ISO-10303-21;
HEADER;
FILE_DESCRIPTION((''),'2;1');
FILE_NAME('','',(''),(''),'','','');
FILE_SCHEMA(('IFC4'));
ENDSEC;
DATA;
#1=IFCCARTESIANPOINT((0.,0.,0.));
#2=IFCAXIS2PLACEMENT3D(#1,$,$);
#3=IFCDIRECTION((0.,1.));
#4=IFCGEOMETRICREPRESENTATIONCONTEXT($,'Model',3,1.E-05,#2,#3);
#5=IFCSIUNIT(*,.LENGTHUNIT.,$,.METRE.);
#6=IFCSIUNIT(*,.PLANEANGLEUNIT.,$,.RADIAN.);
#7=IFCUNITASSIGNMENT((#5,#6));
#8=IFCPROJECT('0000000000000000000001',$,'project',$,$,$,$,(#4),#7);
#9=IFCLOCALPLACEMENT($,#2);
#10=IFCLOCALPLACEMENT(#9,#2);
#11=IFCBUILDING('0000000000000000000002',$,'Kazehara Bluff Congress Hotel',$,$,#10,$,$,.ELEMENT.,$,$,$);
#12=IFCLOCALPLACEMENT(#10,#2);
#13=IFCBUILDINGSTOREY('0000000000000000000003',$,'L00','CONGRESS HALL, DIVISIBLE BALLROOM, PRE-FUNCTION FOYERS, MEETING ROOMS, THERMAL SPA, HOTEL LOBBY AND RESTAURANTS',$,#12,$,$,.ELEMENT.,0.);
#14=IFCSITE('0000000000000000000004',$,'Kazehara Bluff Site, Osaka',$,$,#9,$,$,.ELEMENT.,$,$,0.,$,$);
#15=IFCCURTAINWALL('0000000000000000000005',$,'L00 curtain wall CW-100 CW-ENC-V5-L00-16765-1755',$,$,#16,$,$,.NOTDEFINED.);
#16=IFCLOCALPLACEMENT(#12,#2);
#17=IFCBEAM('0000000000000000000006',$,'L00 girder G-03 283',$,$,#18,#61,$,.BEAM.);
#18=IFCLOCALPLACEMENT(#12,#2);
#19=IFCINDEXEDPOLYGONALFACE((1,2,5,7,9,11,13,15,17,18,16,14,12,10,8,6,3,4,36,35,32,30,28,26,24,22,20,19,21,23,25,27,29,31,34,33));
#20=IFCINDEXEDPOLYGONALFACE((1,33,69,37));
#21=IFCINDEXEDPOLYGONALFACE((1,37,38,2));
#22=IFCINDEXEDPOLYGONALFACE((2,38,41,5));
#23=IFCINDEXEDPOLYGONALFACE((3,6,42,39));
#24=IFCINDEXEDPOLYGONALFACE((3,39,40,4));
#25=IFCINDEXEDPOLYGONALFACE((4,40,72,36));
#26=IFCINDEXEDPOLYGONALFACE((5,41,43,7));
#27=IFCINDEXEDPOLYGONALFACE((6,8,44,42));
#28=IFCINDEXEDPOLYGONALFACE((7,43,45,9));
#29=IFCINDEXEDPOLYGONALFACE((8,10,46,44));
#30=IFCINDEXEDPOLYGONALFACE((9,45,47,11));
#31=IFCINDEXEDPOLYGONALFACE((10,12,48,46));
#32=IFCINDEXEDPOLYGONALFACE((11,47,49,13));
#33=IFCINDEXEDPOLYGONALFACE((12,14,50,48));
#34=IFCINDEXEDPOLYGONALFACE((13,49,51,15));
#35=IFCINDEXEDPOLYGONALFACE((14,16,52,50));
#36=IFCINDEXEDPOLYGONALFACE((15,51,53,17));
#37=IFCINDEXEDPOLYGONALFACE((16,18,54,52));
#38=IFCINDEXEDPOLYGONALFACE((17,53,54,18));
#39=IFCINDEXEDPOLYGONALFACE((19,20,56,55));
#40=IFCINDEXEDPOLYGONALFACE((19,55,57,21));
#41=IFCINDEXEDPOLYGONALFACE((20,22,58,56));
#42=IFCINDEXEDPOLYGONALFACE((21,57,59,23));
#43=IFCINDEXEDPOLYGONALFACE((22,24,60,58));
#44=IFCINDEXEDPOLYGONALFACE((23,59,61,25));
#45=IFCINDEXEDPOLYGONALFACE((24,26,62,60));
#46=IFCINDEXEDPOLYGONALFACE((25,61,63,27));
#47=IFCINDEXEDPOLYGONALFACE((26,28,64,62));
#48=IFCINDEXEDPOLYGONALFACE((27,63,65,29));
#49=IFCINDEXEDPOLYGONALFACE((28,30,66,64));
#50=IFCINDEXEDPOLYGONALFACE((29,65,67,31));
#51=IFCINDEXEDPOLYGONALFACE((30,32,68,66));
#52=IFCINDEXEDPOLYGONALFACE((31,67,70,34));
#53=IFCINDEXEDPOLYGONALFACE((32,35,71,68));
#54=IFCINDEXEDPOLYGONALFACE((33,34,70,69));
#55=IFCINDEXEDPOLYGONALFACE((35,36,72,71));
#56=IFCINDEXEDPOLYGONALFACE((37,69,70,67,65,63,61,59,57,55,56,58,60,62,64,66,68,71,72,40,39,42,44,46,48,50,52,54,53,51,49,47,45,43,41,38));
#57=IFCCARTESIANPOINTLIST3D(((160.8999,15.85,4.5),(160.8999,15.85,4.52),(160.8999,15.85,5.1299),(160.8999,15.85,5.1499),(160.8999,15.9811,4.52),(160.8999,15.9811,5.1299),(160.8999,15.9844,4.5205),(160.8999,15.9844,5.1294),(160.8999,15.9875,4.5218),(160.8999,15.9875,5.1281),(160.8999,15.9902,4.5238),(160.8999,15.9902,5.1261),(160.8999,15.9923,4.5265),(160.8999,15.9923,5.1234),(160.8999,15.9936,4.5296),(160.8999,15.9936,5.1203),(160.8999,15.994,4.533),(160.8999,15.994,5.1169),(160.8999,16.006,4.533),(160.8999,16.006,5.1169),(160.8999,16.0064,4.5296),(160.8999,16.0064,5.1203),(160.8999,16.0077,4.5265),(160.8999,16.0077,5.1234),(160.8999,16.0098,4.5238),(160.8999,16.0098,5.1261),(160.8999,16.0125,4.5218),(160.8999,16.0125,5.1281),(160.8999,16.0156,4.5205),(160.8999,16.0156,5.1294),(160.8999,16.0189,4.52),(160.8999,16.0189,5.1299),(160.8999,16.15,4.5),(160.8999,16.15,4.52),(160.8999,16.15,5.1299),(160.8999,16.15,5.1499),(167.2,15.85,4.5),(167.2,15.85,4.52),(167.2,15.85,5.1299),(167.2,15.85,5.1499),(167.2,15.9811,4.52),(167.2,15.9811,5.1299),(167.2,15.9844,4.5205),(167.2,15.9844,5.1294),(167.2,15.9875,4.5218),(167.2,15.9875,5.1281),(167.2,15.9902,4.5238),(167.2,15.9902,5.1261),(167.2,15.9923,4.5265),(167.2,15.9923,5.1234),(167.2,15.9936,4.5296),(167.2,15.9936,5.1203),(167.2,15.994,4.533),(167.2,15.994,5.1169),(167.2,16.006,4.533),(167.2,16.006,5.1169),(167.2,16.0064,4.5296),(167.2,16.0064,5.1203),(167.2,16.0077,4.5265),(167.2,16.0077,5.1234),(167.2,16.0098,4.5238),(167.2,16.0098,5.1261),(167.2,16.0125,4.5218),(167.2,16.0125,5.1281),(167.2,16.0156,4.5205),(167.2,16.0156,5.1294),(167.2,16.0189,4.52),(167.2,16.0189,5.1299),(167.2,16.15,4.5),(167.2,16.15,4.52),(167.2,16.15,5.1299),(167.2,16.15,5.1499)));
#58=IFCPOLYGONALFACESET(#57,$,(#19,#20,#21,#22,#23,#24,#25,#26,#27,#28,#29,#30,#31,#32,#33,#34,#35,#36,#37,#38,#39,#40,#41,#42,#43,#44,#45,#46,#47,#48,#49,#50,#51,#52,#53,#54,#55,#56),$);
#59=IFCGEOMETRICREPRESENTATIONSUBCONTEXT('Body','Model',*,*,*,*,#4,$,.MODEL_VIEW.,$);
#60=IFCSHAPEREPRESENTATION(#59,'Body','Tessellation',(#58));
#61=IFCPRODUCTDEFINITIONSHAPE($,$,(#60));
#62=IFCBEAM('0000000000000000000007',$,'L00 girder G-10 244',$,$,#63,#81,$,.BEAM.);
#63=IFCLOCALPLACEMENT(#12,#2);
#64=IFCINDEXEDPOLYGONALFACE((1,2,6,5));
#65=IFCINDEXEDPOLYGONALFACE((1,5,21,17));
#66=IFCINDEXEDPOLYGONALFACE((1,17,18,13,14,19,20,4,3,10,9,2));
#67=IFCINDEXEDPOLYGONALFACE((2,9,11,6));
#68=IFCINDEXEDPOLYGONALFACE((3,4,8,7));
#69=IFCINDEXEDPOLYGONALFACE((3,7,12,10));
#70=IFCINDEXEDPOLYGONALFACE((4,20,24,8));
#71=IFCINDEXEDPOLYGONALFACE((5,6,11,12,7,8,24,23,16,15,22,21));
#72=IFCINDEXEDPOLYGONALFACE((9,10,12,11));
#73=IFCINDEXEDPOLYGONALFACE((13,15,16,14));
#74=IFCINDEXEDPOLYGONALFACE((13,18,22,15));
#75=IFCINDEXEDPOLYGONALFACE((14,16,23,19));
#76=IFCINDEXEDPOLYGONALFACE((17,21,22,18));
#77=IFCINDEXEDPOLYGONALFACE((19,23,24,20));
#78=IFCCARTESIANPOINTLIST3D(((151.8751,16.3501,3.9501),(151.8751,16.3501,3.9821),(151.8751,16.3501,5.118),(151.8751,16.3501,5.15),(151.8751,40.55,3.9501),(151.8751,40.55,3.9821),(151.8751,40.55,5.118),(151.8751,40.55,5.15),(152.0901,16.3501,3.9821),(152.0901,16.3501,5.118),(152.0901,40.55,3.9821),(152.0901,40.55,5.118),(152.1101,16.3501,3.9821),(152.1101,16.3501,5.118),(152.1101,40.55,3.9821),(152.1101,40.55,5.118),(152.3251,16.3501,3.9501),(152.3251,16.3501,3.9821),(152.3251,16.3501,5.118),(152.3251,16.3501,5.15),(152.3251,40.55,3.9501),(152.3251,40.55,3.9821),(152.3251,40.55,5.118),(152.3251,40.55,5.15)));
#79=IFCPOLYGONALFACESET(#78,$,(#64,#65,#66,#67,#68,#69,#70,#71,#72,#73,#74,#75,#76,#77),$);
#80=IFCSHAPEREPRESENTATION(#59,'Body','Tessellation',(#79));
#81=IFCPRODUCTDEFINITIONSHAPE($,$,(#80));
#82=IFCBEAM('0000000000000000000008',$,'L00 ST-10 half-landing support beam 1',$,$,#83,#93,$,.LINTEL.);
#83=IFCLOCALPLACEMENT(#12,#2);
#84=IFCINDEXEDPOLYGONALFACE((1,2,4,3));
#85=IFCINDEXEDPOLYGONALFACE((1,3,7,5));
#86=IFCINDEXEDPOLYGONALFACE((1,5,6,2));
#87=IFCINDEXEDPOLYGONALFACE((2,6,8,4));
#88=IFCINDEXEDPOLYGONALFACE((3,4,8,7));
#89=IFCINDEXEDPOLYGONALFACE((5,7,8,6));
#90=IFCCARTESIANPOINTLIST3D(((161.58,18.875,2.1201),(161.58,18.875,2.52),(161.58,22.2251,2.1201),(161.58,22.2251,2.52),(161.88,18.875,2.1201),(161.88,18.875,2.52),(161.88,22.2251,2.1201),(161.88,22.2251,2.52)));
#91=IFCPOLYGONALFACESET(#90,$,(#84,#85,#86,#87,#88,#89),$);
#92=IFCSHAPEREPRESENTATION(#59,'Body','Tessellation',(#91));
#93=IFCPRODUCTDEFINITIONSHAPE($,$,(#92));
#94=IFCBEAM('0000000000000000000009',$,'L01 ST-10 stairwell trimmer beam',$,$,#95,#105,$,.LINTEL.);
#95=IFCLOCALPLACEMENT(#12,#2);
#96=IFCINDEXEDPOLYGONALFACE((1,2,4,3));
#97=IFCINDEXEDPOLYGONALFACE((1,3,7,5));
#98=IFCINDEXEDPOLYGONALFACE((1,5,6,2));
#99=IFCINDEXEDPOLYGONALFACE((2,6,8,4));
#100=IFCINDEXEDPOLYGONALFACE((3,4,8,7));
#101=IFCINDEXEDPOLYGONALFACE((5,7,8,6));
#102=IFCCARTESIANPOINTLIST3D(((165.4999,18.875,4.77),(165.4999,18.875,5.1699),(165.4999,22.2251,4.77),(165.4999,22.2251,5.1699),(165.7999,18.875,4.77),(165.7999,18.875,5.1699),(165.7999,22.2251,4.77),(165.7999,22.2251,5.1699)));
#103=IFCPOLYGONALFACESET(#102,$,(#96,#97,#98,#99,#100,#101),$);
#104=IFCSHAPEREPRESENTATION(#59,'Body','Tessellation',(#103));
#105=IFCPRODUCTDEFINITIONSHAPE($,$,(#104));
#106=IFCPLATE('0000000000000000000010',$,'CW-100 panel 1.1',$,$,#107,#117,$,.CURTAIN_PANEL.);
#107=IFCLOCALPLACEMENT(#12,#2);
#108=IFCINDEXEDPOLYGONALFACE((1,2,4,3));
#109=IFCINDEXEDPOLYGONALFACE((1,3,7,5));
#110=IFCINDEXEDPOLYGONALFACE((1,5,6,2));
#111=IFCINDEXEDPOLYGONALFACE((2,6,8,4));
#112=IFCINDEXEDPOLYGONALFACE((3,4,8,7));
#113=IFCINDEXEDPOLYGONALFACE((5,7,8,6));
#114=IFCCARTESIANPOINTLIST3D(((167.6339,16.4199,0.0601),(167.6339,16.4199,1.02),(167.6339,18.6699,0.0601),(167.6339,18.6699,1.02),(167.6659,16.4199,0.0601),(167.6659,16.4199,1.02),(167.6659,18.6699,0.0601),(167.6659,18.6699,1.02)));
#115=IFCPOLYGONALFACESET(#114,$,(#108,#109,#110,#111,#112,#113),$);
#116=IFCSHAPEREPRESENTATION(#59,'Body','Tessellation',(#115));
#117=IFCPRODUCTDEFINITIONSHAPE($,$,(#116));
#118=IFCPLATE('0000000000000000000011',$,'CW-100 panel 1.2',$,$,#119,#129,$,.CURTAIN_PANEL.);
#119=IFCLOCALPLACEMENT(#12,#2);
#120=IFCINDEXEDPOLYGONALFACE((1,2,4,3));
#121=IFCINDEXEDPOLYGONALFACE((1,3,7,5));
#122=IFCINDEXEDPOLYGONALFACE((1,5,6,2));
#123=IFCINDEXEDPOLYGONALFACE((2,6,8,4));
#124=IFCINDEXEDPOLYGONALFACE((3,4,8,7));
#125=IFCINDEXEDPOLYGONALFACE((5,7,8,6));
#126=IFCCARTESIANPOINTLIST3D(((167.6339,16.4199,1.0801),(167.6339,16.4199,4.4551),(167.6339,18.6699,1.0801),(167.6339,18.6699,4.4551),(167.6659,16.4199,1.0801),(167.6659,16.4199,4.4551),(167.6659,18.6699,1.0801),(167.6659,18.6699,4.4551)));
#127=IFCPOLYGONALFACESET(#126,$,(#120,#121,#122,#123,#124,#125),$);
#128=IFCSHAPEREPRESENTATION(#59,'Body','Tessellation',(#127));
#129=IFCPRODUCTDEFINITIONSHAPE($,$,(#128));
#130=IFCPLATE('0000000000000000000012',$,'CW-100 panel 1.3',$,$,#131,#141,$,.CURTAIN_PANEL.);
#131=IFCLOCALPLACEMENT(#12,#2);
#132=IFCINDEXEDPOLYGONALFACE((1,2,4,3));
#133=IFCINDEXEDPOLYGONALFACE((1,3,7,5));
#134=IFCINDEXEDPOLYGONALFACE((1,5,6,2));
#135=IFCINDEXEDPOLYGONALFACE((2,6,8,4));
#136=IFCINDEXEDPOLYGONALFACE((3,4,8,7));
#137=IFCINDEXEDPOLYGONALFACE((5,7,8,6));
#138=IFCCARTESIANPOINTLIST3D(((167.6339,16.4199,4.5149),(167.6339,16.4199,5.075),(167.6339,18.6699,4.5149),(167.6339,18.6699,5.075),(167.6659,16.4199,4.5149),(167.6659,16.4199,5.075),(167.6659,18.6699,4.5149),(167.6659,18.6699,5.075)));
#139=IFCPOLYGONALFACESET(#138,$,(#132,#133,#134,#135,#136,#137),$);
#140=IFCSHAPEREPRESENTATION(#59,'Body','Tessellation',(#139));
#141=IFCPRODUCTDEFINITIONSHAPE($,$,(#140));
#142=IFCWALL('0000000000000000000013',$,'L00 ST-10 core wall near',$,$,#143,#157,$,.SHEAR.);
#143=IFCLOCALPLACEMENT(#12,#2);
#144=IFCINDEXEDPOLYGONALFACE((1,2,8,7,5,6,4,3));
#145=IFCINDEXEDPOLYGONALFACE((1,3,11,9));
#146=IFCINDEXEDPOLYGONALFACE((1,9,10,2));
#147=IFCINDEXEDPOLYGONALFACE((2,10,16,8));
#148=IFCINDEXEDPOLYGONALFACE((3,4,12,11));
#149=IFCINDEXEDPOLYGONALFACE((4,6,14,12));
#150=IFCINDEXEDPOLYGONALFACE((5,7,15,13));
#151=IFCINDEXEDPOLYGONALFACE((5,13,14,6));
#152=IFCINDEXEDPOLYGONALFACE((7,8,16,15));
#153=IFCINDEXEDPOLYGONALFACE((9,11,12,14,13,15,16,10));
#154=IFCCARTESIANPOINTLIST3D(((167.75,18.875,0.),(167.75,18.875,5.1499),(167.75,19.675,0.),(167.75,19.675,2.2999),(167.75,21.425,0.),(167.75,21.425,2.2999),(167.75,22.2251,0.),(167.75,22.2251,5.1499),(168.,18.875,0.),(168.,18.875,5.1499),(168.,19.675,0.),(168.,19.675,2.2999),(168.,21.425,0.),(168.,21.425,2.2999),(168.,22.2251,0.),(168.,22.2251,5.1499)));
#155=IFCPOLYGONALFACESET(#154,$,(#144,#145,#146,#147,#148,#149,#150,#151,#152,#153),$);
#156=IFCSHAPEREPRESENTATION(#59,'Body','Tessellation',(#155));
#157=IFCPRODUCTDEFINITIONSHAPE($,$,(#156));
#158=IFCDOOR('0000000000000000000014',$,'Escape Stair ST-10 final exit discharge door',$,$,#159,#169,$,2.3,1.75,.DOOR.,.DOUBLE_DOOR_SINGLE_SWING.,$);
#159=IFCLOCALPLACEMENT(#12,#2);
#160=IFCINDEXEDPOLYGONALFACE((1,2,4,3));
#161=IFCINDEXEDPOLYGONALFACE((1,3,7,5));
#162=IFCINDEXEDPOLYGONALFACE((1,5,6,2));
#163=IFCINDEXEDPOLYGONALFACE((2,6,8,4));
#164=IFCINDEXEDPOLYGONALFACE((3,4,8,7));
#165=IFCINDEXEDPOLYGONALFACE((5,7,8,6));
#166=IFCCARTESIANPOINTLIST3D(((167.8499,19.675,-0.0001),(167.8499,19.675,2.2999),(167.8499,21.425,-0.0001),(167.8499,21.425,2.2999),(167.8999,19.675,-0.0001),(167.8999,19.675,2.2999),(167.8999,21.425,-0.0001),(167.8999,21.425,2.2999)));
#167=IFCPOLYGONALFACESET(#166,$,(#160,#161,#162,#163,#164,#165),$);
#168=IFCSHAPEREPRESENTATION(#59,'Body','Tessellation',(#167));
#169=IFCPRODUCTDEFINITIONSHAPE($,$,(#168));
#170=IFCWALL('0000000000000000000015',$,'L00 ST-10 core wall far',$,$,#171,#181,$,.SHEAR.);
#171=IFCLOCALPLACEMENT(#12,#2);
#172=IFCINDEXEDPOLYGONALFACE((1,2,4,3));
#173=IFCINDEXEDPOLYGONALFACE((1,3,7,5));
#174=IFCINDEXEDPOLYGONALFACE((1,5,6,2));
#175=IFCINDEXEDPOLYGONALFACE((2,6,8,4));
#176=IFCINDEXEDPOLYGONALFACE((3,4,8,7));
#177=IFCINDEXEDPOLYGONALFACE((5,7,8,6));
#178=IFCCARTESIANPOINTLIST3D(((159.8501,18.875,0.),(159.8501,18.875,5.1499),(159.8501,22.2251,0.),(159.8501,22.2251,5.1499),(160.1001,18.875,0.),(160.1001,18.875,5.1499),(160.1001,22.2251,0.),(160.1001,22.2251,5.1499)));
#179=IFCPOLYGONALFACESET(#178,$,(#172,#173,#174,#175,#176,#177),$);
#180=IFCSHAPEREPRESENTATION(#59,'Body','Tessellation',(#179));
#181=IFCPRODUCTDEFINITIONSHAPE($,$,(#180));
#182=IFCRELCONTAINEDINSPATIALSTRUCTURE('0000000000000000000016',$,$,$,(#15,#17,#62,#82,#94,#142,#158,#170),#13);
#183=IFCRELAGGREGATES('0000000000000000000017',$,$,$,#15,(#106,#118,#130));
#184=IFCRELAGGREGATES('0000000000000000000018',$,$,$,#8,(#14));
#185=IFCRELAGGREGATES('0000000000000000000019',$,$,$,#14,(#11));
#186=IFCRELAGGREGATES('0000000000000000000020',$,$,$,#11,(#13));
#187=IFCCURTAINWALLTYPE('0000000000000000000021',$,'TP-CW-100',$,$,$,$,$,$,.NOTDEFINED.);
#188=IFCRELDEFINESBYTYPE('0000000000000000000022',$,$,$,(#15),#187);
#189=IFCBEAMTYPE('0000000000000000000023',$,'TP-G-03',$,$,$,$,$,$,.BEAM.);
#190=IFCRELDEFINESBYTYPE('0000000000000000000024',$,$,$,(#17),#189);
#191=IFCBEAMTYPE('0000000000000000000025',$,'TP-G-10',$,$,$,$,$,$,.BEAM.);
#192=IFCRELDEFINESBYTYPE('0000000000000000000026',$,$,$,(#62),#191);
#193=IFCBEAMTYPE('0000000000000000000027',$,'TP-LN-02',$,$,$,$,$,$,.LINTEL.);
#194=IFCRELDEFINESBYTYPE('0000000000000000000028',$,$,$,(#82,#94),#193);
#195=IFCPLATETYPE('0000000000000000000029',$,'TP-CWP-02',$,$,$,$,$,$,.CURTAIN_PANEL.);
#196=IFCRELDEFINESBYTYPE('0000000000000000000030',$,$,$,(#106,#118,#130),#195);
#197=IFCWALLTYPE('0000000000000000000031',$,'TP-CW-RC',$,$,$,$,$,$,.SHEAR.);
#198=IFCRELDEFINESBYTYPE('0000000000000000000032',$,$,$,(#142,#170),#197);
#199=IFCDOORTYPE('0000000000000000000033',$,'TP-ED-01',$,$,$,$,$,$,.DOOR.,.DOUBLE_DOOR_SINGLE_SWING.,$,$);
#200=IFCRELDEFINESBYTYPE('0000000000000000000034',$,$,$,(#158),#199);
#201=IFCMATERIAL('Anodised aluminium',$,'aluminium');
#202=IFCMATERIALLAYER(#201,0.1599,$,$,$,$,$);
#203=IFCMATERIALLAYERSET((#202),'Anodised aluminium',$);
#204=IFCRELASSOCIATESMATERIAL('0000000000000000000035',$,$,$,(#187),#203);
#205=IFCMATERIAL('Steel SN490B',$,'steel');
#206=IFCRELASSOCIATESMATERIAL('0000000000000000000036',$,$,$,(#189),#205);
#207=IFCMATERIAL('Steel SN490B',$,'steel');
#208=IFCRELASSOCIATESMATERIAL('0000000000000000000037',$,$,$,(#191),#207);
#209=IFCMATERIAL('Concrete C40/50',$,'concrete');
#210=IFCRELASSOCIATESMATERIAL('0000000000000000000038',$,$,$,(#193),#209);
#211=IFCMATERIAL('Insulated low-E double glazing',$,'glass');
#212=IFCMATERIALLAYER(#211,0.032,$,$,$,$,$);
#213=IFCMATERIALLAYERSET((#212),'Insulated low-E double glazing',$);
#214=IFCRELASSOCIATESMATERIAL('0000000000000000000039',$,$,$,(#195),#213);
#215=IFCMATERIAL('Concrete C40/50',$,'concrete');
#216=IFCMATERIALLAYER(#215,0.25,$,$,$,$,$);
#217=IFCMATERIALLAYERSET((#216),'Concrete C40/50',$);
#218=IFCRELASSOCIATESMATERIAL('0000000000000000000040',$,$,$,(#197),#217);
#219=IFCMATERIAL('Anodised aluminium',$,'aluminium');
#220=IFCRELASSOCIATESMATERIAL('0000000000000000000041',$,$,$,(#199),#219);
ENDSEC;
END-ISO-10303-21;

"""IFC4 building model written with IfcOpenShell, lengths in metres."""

from ifc_helpers import new_model, si_unit, direction, frame, frame_2d, origin, origin_2d, place, context, subcontext, project, spatial, rectangle, i_section, extrude, material, layer, layer_set, material_profile, profile_set, type_object, element, fill, aggregate, save


model = new_model("IFC4")

# Units and contexts
model_context = context("Model", 3, precision=1e-05, world=origin(), true_north=direction((0.0, 1.0)))
body_context = subcontext(model_context, "Body", "Model", "MODEL_VIEW")
ifc_project = project(units=[si_unit("LENGTHUNIT", "METRE"), si_unit("PLANEANGLEUNIT", "RADIAN")], contexts=[model_context])

# Site, building, storey
site_placement = place(None, origin())
site = spatial("IfcSite", under=ifc_project, at=site_placement, Name="Kazehara Bluff Site, Osaka", CompositionType="ELEMENT", RefElevation=0.0)
building_placement = place(site_placement, origin())
building = spatial("IfcBuilding", under=site, at=building_placement, Name="Kazehara Bluff Congress Hotel", CompositionType="ELEMENT")
storey_placement = place(building_placement, origin())
storey = spatial("IfcBuildingStorey", under=building, at=storey_placement, Name="L00", Description="CONGRESS HALL, DIVISIBLE BALLROOM, PRE-FUNCTION FOYERS, MEETING ROOMS, THERMAL SPA, HOTEL LOBBY AND RESTAURANTS", CompositionType="ELEMENT", Elevation=0.0)

# Curtain wall
ifc_material_1 = material(Name="Anodised aluminium", Category="aluminium")
ifc_layer_1 = layer(ifc_material_1, 0.1599)
ifc_layer_set_1 = layer_set([ifc_layer_1], Name="Anodised aluminium")
curtain_wall_type = type_object("IfcCurtainWallType", Name="TP-CW-100", PredefinedType="NOTDEFINED", material=ifc_layer_set_1)
curtain_wall_placement = place(storey_placement, origin())
curtain_wall = element("IfcCurtainWall", 1, at=curtain_wall_placement, inside=storey, type_object=curtain_wall_type, Name="L00 curtain wall CW-100 CW-ENC-V5-L00-16765-1755", PredefinedType="NOTDEFINED")

# Beams
ifc_material_2 = material(Name="Steel SN490B", Category="steel")
ifc_material_profile_1 = material_profile(ifc_material_2, i_section(OverallWidth=0.3, OverallDepth=0.6499, WebThickness=0.012, FlangeThickness=0.02, FilletRadius=0.0129, at=origin_2d()))
ifc_profile_set_1 = profile_set([ifc_material_profile_1], Name="Steel SN490B")
beam_type_1 = type_object("IfcBeamType", Name="TP-G-03", PredefinedType="BEAM", material=ifc_profile_set_1)
beam_1_placement = place(storey_placement, frame((160.8999, 16.0, 4.825), z_axis=(1.0, 0.0, 0.0), x_axis=(0.0, 1.0, 0.0)))
element("IfcBeam", 2, at=beam_1_placement, inside=storey, type_object=beam_type_1, Name="L00 girder G-03 283", PredefinedType="BEAM", context=body_context, shape_type="SweptSolid", body=[
    extrude(i_section(OverallWidth=0.3, OverallDepth=0.6499, WebThickness=0.012, FlangeThickness=0.02, FilletRadius=0.0129, at=origin_2d()), origin(), (0.0, 0.0, 1.0), 6.3),
])
ifc_material_3 = material(Name="Steel SN490B", Category="steel")
ifc_material_profile_2 = material_profile(ifc_material_3, i_section(OverallWidth=0.45, OverallDepth=1.2, WebThickness=0.02, FlangeThickness=0.032, at=origin_2d()))
ifc_profile_set_2 = profile_set([ifc_material_profile_2], Name="Steel SN490B")
beam_type_2 = type_object("IfcBeamType", Name="TP-G-10", PredefinedType="BEAM", material=ifc_profile_set_2)
beam_2_placement = place(storey_placement, frame((152.1001, 16.3501, 4.55), z_axis=(0.0, 1.0, 0.0), x_axis=(-1.0, 0.0, 0.0)))
element("IfcBeam", 3, at=beam_2_placement, inside=storey, type_object=beam_type_2, Name="L00 girder G-10 244", PredefinedType="BEAM", context=body_context, shape_type="SweptSolid", body=[
    extrude(i_section(OverallWidth=0.45, OverallDepth=1.2, WebThickness=0.02, FlangeThickness=0.032, at=origin_2d()), origin(), (0.0, 0.0, 1.0), 24.2),
])
ifc_material_4 = material(Name="Concrete C40/50", Category="concrete")
ifc_material_profile_3 = material_profile(ifc_material_4, rectangle(XDim=0.3, YDim=0.3999, at=origin_2d()))
ifc_profile_set_3 = profile_set([ifc_material_profile_3], Name="Concrete C40/50")
beam_type_3 = type_object("IfcBeamType", Name="TP-LN-02", PredefinedType="LINTEL", material=ifc_profile_set_3)
for number, where, z_axis, x_axis, name in (
    (4, (161.73, 22.2251, 2.3201), (0.0, -1.0, 0.0), (1.0, 0.0, 0.0), "L00 ST-10 half-landing support beam 1"),
    (5, (165.6499, 22.2251, 4.97), (0.0, -1.0, 0.0), (1.0, 0.0, 0.0), "L01 ST-10 stairwell trimmer beam"),
):
    element("IfcBeam", number, at=place(storey_placement, frame(where, z_axis=z_axis, x_axis=x_axis)), inside=storey, type_object=beam_type_3, Name=name, PredefinedType="LINTEL", context=body_context, shape_type="SweptSolid", body=[
        extrude(rectangle(XDim=0.3, YDim=0.3999, at=origin_2d()), origin(), (0.0, 0.0, 1.0), 3.3501),
    ])

# Plates
ifc_material_5 = material(Name="Insulated low-E double glazing", Category="glass")
ifc_layer_2 = layer(ifc_material_5, 0.032)
ifc_layer_set_2 = layer_set([ifc_layer_2], Name="Insulated low-E double glazing")
plate_type = type_object("IfcPlateType", Name="TP-CWP-02", PredefinedType="CURTAIN_PANEL", material=ifc_layer_set_2)
plate_1_placement = place(storey_placement, frame((167.6499, 17.5449, 0.0601), z_axis=(0.0, 0.0, 1.0), x_axis=(0.0, -1.0, 0.0)))
plate_1 = element("IfcPlate", 6, at=plate_1_placement, type_object=plate_type, Name="CW-100 panel 1.1", PredefinedType="CURTAIN_PANEL", context=body_context, shape_type="SweptSolid", body=[
    extrude(rectangle(XDim=2.25, YDim=0.032, at=origin_2d()), origin(), (0.0, 0.0, 1.0), 0.96),
])
plate_2_placement = place(storey_placement, frame((167.6499, 17.5449, 1.0801), z_axis=(0.0, 0.0, 1.0), x_axis=(0.0, -1.0, 0.0)))
plate_2 = element("IfcPlate", 7, at=plate_2_placement, type_object=plate_type, Name="CW-100 panel 1.2", PredefinedType="CURTAIN_PANEL", context=body_context, shape_type="SweptSolid", body=[
    extrude(rectangle(XDim=2.25, YDim=0.032, at=origin_2d()), origin(), (0.0, 0.0, 1.0), 3.375),
])
plate_3_placement = place(storey_placement, frame((167.6499, 17.5449, 4.5149), z_axis=(0.0, 0.0, 1.0), x_axis=(0.0, -1.0, 0.0)))
plate_3 = element("IfcPlate", 8, at=plate_3_placement, type_object=plate_type, Name="CW-100 panel 1.3", PredefinedType="CURTAIN_PANEL", context=body_context, shape_type="SweptSolid", body=[
    extrude(rectangle(XDim=2.25, YDim=0.032, at=origin_2d()), origin(), (0.0, 0.0, 1.0), 0.5601),
])
aggregate(curtain_wall, [plate_1, plate_2, plate_3])

# Wall, opening, door
ifc_material_6 = material(Name="Concrete C40/50", Category="concrete")
ifc_layer_3 = layer(ifc_material_6, 0.25)
ifc_layer_set_3 = layer_set([ifc_layer_3], Name="Concrete C40/50")
wall_type = type_object("IfcWallType", Name="TP-CW-RC", PredefinedType="SHEAR", material=ifc_layer_set_3)
wall_1_placement = place(storey_placement, frame((167.875, 22.2251, 0.0), z_axis=(0.0, 0.0, 1.0), x_axis=(0.0, -1.0, 0.0)))
wall_1 = element("IfcWall", 9, at=wall_1_placement, inside=storey, type_object=wall_type, Name="L00 ST-10 core wall near", PredefinedType="SHEAR", context=body_context, shape_type="SweptSolid", body=[
    extrude(rectangle(XDim=3.3501, YDim=0.25, at=frame_2d((1.675, 0.0))), origin(), (0.0, 0.0, 1.0), 5.1499),
])
opening_1_placement = place(wall_1_placement, frame((0.8, 0.0, 0.0)))
opening_1 = element("IfcOpeningElement", 10, at=opening_1_placement, cuts=wall_1, PredefinedType="OPENING", context=body_context, shape_type="SweptSolid", body=[
    extrude(rectangle(XDim=1.75, YDim=2.3, at=frame_2d((0.875, 1.1499))), frame((0.0, 0.135, 0.0), z_axis=(0.0, -1.0, 0.0), x_axis=(1.0, 0.0, 0.0)), (0.0, 0.0, 1.0), 0.27),
])
ifc_material_7 = material(Name="Anodised aluminium", Category="aluminium")
door_type_1 = type_object("IfcDoorType", Name="TP-ED-01", OperationType="DOUBLE_DOOR_SINGLE_SWING", PredefinedType="DOOR", material=ifc_material_7)
door_1_placement = place(opening_1_placement, origin())
door_1 = element("IfcDoor", 11, at=door_1_placement, inside=storey, type_object=door_type_1, Name="Escape Stair ST-10 final exit discharge door", OperationType="DOUBLE_DOOR_SINGLE_SWING", OverallHeight=2.3, OverallWidth=1.75, PredefinedType="DOOR", context=body_context, shape_type="SweptSolid", body=[
    extrude(rectangle(XDim=1.75, YDim=2.3, at=frame_2d((0.875, 1.1499))), frame((0.0, 0.0249, 0.0), z_axis=(0.0, -1.0, 0.0), x_axis=(1.0, 0.0, 0.0)), (0.0, 0.0, 1.0), 0.05),
])
fill(opening_1, door_1)

# Wall
wall_2_placement = place(storey_placement, frame((159.9751, 18.875, 0.0), z_axis=(0.0, 0.0, 1.0), x_axis=(0.0, 1.0, 0.0)))
element("IfcWall", 12, at=wall_2_placement, inside=storey, type_object=wall_type, Name="L00 ST-10 core wall far", PredefinedType="SHEAR", context=body_context, shape_type="SweptSolid", body=[
    extrude(rectangle(XDim=3.3501, YDim=0.25, at=frame_2d((1.675, 0.0))), origin(), (0.0, 0.0, 1.0), 5.1499),
])

save(model, "model.ifc")
